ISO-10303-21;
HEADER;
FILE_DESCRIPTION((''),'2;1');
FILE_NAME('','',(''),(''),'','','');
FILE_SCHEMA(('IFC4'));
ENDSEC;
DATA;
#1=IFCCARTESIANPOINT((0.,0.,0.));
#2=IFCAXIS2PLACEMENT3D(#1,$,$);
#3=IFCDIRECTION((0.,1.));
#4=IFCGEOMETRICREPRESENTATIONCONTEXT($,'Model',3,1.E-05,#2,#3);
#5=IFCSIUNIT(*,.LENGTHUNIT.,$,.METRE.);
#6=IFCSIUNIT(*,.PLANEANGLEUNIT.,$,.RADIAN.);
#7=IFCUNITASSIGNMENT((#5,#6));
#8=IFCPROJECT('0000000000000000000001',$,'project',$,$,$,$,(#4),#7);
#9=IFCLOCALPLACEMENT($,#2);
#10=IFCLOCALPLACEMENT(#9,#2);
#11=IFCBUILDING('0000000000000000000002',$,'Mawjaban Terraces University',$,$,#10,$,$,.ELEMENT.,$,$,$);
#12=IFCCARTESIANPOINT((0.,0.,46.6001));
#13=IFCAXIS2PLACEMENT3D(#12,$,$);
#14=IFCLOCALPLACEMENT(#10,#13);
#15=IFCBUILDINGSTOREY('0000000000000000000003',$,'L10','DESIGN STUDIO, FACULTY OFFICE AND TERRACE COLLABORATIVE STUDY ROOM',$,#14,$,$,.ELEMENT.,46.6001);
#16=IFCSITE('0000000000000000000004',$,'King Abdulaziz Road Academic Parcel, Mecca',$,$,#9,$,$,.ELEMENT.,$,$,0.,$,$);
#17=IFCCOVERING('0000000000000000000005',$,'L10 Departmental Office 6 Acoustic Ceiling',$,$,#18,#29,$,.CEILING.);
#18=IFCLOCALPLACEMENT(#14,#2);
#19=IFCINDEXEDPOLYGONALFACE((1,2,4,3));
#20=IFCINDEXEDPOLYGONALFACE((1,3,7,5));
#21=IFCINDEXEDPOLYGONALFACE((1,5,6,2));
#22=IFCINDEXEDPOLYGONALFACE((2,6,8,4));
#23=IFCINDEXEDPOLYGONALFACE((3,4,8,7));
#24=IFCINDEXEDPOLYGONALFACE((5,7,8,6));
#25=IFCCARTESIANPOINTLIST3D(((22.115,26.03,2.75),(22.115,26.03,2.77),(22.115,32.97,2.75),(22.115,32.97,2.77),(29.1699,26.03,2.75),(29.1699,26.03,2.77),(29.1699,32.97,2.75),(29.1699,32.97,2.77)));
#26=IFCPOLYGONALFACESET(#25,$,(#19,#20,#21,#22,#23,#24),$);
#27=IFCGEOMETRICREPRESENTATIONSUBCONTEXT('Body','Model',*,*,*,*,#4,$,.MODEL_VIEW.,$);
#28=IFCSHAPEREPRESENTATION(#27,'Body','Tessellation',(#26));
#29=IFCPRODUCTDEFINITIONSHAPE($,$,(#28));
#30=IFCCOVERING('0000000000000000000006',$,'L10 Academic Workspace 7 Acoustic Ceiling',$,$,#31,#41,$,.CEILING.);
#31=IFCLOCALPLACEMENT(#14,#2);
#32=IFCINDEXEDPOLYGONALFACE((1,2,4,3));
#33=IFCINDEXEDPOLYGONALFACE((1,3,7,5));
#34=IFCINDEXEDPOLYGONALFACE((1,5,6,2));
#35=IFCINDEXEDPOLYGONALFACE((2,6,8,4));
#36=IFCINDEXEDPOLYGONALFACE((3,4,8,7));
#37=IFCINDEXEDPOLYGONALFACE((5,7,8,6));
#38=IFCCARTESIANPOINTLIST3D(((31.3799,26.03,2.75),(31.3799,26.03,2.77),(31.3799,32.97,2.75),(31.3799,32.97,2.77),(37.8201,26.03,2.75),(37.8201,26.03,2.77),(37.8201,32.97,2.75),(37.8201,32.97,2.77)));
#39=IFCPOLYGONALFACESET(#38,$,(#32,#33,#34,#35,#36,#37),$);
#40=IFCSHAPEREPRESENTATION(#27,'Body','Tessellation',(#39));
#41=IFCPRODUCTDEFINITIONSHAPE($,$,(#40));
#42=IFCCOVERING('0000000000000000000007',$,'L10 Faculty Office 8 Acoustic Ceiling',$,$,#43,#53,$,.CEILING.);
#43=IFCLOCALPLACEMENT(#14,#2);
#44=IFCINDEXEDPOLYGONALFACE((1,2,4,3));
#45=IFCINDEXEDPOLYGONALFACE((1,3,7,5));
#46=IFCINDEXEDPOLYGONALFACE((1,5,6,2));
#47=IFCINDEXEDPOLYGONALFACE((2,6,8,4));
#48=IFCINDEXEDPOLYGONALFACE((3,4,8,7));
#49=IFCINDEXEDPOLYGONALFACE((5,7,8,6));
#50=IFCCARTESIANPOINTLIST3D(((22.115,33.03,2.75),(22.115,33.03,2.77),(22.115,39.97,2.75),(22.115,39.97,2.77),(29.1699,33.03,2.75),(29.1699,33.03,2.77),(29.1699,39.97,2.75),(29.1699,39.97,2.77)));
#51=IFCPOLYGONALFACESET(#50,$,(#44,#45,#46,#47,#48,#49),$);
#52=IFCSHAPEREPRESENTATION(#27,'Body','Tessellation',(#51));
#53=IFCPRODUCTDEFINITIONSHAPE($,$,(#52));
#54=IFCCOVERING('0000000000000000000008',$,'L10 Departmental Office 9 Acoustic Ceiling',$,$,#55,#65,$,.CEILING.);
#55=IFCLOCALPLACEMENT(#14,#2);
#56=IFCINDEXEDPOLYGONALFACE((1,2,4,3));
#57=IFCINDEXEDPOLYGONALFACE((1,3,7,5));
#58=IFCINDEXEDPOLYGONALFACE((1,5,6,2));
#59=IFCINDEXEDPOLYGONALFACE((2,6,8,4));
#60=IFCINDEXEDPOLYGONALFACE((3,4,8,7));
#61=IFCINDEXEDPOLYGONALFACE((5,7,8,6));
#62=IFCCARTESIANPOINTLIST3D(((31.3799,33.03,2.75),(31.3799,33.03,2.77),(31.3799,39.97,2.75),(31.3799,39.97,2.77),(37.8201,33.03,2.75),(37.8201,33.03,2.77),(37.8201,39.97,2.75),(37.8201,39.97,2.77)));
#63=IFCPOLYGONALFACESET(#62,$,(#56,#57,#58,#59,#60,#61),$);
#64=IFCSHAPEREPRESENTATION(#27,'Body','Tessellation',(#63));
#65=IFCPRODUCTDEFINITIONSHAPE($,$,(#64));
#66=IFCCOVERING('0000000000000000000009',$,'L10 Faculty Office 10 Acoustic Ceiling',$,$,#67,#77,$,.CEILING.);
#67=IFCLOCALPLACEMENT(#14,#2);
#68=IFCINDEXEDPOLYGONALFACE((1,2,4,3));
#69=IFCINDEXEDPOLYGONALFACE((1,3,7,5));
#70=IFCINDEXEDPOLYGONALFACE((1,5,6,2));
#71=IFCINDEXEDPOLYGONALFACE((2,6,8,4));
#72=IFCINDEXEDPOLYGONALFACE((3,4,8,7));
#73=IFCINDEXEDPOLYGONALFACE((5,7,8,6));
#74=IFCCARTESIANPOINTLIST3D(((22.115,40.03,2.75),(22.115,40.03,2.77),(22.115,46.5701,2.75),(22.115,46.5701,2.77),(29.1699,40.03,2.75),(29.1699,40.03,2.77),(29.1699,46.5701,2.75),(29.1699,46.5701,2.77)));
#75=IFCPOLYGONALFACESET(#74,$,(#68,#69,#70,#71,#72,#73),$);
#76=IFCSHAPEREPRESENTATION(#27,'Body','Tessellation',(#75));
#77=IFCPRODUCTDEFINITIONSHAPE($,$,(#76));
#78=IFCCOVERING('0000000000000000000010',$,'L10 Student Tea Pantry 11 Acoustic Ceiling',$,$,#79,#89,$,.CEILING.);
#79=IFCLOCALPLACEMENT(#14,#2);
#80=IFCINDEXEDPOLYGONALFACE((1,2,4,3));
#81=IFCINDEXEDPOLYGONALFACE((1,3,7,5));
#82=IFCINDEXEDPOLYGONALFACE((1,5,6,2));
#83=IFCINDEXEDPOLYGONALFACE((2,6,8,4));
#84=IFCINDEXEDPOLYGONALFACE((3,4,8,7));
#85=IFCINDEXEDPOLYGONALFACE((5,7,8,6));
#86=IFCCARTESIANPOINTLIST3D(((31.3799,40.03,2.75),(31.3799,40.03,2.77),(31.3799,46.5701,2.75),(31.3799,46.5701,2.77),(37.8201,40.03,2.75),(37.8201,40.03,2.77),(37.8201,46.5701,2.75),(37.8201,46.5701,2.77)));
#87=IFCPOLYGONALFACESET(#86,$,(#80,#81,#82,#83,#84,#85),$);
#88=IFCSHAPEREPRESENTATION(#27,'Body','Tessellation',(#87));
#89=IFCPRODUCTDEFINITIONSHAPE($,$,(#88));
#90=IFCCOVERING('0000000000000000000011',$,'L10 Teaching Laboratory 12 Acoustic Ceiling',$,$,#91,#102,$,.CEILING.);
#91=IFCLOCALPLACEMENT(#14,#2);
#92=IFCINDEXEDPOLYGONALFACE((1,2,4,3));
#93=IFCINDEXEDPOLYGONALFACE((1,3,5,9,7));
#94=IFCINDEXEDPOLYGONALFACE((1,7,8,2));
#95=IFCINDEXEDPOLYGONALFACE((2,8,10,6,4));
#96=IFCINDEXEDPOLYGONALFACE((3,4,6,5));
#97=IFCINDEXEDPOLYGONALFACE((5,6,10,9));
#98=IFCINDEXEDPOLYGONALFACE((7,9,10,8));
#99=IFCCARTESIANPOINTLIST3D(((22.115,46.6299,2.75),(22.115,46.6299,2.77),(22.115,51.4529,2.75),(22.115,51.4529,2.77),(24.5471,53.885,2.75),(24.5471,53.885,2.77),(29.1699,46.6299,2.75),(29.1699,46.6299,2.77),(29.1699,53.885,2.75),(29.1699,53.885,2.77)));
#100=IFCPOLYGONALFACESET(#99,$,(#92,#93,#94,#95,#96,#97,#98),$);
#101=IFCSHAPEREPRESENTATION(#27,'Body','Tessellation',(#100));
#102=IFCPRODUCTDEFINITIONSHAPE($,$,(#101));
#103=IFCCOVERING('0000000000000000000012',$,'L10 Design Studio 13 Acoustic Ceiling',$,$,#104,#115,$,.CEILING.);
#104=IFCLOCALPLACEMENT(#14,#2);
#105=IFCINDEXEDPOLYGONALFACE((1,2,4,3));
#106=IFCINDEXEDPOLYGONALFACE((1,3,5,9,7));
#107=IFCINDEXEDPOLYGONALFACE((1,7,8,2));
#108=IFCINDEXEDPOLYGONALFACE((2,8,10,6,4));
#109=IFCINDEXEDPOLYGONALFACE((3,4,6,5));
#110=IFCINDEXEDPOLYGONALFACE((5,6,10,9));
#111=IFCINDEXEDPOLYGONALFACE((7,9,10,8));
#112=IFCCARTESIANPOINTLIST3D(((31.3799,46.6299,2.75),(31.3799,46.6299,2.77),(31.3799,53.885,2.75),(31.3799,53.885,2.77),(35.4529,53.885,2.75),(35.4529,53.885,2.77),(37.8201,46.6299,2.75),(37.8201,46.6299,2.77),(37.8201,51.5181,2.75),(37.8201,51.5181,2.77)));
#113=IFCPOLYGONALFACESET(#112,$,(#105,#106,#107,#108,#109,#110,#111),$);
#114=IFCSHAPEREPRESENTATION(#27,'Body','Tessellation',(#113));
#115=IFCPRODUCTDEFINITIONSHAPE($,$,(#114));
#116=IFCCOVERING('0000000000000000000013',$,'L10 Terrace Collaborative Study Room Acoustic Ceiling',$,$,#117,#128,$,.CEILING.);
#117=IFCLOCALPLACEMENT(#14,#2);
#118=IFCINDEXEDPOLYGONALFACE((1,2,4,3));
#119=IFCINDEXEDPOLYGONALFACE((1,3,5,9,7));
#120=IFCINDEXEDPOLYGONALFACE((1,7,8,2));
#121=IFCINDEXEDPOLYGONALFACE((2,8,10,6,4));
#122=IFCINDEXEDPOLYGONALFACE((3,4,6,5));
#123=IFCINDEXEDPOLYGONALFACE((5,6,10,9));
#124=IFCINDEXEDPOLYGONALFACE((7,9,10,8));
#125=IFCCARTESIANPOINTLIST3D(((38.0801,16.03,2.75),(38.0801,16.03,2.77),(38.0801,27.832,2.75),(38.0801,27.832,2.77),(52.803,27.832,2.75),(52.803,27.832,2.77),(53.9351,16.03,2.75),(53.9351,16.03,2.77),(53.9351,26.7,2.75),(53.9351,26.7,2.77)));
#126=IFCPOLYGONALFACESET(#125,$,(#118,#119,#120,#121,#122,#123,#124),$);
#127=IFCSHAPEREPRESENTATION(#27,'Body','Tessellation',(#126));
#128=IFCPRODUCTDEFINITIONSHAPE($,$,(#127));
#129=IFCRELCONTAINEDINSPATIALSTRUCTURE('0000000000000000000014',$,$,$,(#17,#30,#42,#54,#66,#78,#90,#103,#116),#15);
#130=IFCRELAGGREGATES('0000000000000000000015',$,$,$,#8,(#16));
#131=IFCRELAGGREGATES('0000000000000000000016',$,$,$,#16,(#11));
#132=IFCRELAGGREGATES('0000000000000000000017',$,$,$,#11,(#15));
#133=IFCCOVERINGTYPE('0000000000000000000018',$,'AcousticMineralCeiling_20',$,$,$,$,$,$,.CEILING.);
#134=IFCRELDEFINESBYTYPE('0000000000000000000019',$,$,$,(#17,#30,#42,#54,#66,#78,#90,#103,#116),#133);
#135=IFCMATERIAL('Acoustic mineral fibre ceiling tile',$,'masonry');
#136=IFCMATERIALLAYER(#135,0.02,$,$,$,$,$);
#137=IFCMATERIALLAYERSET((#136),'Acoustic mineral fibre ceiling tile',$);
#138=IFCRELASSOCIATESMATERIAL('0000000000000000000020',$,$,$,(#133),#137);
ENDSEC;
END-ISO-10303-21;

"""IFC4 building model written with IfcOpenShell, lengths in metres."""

from ifc_helpers import new_model, si_unit, direction, frame, origin, place, context, subcontext, project, spatial, polyline, outline, extrude, material, layer, layer_set, type_object, element, save


model = new_model("IFC4")

# Units and contexts
model_context = context("Model", 3, precision=1e-05, world=origin(), true_north=direction((0.0, 1.0)))
body_context = subcontext(model_context, "Body", "Model", "MODEL_VIEW")
ifc_project = project(units=[si_unit("LENGTHUNIT", "METRE"), si_unit("PLANEANGLEUNIT", "RADIAN")], contexts=[model_context])

# Site, building, storey
site_placement = place(None, origin())
site = spatial("IfcSite", under=ifc_project, at=site_placement, Name="King Abdulaziz Road Academic Parcel, Mecca", CompositionType="ELEMENT", RefElevation=0.0)
building_placement = place(site_placement, origin())
building = spatial("IfcBuilding", under=site, at=building_placement, Name="Mawjaban Terraces University", CompositionType="ELEMENT")
storey_placement = place(building_placement, frame((0.0, 0.0, 46.6001)))
storey = spatial("IfcBuildingStorey", under=building, at=storey_placement, Name="L10", Description="DESIGN STUDIO, FACULTY OFFICE AND TERRACE COLLABORATIVE STUDY ROOM", CompositionType="ELEMENT", Elevation=46.6001)

# Coverings
ifc_material_1 = material(Name="Acoustic mineral fibre ceiling tile", Category="masonry")
ifc_layer_1 = layer(ifc_material_1, 0.02)
ifc_layer_set_1 = layer_set([ifc_layer_1], Name="Acoustic mineral fibre ceiling tile")
covering_type = type_object("IfcCoveringType", Name="AcousticMineralCeiling_20", PredefinedType="CEILING", material=ifc_layer_set_1)
covering_1_placement = place(storey_placement, frame((0.0, 0.0, 2.75)))
element("IfcCovering", 1, at=covering_1_placement, inside=storey, type_object=covering_type, Name="L10 Departmental Office 6 Acoustic Ceiling", PredefinedType="CEILING", context=body_context, shape_type="SweptSolid", body=[
    extrude(outline(polyline([(22.115, 32.97), (22.115, 26.03), (29.1699, 26.03), (29.1699, 32.97), (22.115, 32.97)])), origin(), (0.0, 0.0, 1.0), 0.02),
])
covering_2_placement = place(storey_placement, frame((0.0, 0.0, 2.75)))
element("IfcCovering", 2, at=covering_2_placement, inside=storey, type_object=covering_type, Name="L10 Academic Workspace 7 Acoustic Ceiling", PredefinedType="CEILING", context=body_context, shape_type="SweptSolid", body=[
    extrude(outline(polyline([(37.8201, 26.03), (37.8201, 32.97), (31.3799, 32.97), (31.3799, 26.03), (37.8201, 26.03)])), origin(), (0.0, 0.0, 1.0), 0.02),
])
covering_3_placement = place(storey_placement, frame((0.0, 0.0, 2.75)))
element("IfcCovering", 3, at=covering_3_placement, inside=storey, type_object=covering_type, Name="L10 Faculty Office 8 Acoustic Ceiling", PredefinedType="CEILING", context=body_context, shape_type="SweptSolid", body=[
    extrude(outline(polyline([(22.115, 39.97), (22.115, 33.03), (29.1699, 33.03), (29.1699, 39.97), (22.115, 39.97)])), origin(), (0.0, 0.0, 1.0), 0.02),
])
covering_4_placement = place(storey_placement, frame((0.0, 0.0, 2.75)))
element("IfcCovering", 4, at=covering_4_placement, inside=storey, type_object=covering_type, Name="L10 Departmental Office 9 Acoustic Ceiling", PredefinedType="CEILING", context=body_context, shape_type="SweptSolid", body=[
    extrude(outline(polyline([(37.8201, 33.03), (37.8201, 39.97), (31.3799, 39.97), (31.3799, 33.03), (37.8201, 33.03)])), origin(), (0.0, 0.0, 1.0), 0.02),
])
covering_5_placement = place(storey_placement, frame((0.0, 0.0, 2.75)))
element("IfcCovering", 5, at=covering_5_placement, inside=storey, type_object=covering_type, Name="L10 Faculty Office 10 Acoustic Ceiling", PredefinedType="CEILING", context=body_context, shape_type="SweptSolid", body=[
    extrude(outline(polyline([(22.115, 46.5701), (22.115, 40.03), (29.1699, 40.03), (29.1699, 46.5701), (22.115, 46.5701)])), origin(), (0.0, 0.0, 1.0), 0.02),
])
covering_6_placement = place(storey_placement, frame((0.0, 0.0, 2.75)))
element("IfcCovering", 6, at=covering_6_placement, inside=storey, type_object=covering_type, Name="L10 Student Tea Pantry 11 Acoustic Ceiling", PredefinedType="CEILING", context=body_context, shape_type="SweptSolid", body=[
    extrude(outline(polyline([(37.8201, 40.03), (37.8201, 46.5701), (31.3799, 46.5701), (31.3799, 40.03), (37.8201, 40.03)])), origin(), (0.0, 0.0, 1.0), 0.02),
])
covering_7_placement = place(storey_placement, frame((0.0, 0.0, 2.75)))
element("IfcCovering", 7, at=covering_7_placement, inside=storey, type_object=covering_type, Name="L10 Teaching Laboratory 12 Acoustic Ceiling", PredefinedType="CEILING", context=body_context, shape_type="SweptSolid", body=[
    extrude(outline(polyline([(29.1699, 53.885), (24.5471, 53.885), (22.115, 51.4529), (22.115, 46.6299), (29.1699, 46.6299), (29.1699, 53.885)])), origin(), (0.0, 0.0, 1.0), 0.02),
])
covering_8_placement = place(storey_placement, frame((0.0, 0.0, 2.75)))
element("IfcCovering", 8, at=covering_8_placement, inside=storey, type_object=covering_type, Name="L10 Design Studio 13 Acoustic Ceiling", PredefinedType="CEILING", context=body_context, shape_type="SweptSolid", body=[
    extrude(outline(polyline([(37.8201, 51.5181), (35.4529, 53.885), (31.3799, 53.885), (31.3799, 46.6299), (37.8201, 46.6299), (37.8201, 51.5181)])), origin(), (0.0, 0.0, 1.0), 0.02),
])
covering_9_placement = place(storey_placement, frame((0.0, 0.0, 2.75)))
element("IfcCovering", 9, at=covering_9_placement, inside=storey, type_object=covering_type, Name="L10 Terrace Collaborative Study Room Acoustic Ceiling", PredefinedType="CEILING", context=body_context, shape_type="SweptSolid", body=[
    extrude(outline(polyline([(53.9351, 16.03), (53.9351, 26.7), (52.803, 27.832), (38.0801, 27.832), (38.0801, 16.03), (53.9351, 16.03)])), origin(), (0.0, 0.0, 1.0), 0.02),
])

save(model, "model.ifc")
